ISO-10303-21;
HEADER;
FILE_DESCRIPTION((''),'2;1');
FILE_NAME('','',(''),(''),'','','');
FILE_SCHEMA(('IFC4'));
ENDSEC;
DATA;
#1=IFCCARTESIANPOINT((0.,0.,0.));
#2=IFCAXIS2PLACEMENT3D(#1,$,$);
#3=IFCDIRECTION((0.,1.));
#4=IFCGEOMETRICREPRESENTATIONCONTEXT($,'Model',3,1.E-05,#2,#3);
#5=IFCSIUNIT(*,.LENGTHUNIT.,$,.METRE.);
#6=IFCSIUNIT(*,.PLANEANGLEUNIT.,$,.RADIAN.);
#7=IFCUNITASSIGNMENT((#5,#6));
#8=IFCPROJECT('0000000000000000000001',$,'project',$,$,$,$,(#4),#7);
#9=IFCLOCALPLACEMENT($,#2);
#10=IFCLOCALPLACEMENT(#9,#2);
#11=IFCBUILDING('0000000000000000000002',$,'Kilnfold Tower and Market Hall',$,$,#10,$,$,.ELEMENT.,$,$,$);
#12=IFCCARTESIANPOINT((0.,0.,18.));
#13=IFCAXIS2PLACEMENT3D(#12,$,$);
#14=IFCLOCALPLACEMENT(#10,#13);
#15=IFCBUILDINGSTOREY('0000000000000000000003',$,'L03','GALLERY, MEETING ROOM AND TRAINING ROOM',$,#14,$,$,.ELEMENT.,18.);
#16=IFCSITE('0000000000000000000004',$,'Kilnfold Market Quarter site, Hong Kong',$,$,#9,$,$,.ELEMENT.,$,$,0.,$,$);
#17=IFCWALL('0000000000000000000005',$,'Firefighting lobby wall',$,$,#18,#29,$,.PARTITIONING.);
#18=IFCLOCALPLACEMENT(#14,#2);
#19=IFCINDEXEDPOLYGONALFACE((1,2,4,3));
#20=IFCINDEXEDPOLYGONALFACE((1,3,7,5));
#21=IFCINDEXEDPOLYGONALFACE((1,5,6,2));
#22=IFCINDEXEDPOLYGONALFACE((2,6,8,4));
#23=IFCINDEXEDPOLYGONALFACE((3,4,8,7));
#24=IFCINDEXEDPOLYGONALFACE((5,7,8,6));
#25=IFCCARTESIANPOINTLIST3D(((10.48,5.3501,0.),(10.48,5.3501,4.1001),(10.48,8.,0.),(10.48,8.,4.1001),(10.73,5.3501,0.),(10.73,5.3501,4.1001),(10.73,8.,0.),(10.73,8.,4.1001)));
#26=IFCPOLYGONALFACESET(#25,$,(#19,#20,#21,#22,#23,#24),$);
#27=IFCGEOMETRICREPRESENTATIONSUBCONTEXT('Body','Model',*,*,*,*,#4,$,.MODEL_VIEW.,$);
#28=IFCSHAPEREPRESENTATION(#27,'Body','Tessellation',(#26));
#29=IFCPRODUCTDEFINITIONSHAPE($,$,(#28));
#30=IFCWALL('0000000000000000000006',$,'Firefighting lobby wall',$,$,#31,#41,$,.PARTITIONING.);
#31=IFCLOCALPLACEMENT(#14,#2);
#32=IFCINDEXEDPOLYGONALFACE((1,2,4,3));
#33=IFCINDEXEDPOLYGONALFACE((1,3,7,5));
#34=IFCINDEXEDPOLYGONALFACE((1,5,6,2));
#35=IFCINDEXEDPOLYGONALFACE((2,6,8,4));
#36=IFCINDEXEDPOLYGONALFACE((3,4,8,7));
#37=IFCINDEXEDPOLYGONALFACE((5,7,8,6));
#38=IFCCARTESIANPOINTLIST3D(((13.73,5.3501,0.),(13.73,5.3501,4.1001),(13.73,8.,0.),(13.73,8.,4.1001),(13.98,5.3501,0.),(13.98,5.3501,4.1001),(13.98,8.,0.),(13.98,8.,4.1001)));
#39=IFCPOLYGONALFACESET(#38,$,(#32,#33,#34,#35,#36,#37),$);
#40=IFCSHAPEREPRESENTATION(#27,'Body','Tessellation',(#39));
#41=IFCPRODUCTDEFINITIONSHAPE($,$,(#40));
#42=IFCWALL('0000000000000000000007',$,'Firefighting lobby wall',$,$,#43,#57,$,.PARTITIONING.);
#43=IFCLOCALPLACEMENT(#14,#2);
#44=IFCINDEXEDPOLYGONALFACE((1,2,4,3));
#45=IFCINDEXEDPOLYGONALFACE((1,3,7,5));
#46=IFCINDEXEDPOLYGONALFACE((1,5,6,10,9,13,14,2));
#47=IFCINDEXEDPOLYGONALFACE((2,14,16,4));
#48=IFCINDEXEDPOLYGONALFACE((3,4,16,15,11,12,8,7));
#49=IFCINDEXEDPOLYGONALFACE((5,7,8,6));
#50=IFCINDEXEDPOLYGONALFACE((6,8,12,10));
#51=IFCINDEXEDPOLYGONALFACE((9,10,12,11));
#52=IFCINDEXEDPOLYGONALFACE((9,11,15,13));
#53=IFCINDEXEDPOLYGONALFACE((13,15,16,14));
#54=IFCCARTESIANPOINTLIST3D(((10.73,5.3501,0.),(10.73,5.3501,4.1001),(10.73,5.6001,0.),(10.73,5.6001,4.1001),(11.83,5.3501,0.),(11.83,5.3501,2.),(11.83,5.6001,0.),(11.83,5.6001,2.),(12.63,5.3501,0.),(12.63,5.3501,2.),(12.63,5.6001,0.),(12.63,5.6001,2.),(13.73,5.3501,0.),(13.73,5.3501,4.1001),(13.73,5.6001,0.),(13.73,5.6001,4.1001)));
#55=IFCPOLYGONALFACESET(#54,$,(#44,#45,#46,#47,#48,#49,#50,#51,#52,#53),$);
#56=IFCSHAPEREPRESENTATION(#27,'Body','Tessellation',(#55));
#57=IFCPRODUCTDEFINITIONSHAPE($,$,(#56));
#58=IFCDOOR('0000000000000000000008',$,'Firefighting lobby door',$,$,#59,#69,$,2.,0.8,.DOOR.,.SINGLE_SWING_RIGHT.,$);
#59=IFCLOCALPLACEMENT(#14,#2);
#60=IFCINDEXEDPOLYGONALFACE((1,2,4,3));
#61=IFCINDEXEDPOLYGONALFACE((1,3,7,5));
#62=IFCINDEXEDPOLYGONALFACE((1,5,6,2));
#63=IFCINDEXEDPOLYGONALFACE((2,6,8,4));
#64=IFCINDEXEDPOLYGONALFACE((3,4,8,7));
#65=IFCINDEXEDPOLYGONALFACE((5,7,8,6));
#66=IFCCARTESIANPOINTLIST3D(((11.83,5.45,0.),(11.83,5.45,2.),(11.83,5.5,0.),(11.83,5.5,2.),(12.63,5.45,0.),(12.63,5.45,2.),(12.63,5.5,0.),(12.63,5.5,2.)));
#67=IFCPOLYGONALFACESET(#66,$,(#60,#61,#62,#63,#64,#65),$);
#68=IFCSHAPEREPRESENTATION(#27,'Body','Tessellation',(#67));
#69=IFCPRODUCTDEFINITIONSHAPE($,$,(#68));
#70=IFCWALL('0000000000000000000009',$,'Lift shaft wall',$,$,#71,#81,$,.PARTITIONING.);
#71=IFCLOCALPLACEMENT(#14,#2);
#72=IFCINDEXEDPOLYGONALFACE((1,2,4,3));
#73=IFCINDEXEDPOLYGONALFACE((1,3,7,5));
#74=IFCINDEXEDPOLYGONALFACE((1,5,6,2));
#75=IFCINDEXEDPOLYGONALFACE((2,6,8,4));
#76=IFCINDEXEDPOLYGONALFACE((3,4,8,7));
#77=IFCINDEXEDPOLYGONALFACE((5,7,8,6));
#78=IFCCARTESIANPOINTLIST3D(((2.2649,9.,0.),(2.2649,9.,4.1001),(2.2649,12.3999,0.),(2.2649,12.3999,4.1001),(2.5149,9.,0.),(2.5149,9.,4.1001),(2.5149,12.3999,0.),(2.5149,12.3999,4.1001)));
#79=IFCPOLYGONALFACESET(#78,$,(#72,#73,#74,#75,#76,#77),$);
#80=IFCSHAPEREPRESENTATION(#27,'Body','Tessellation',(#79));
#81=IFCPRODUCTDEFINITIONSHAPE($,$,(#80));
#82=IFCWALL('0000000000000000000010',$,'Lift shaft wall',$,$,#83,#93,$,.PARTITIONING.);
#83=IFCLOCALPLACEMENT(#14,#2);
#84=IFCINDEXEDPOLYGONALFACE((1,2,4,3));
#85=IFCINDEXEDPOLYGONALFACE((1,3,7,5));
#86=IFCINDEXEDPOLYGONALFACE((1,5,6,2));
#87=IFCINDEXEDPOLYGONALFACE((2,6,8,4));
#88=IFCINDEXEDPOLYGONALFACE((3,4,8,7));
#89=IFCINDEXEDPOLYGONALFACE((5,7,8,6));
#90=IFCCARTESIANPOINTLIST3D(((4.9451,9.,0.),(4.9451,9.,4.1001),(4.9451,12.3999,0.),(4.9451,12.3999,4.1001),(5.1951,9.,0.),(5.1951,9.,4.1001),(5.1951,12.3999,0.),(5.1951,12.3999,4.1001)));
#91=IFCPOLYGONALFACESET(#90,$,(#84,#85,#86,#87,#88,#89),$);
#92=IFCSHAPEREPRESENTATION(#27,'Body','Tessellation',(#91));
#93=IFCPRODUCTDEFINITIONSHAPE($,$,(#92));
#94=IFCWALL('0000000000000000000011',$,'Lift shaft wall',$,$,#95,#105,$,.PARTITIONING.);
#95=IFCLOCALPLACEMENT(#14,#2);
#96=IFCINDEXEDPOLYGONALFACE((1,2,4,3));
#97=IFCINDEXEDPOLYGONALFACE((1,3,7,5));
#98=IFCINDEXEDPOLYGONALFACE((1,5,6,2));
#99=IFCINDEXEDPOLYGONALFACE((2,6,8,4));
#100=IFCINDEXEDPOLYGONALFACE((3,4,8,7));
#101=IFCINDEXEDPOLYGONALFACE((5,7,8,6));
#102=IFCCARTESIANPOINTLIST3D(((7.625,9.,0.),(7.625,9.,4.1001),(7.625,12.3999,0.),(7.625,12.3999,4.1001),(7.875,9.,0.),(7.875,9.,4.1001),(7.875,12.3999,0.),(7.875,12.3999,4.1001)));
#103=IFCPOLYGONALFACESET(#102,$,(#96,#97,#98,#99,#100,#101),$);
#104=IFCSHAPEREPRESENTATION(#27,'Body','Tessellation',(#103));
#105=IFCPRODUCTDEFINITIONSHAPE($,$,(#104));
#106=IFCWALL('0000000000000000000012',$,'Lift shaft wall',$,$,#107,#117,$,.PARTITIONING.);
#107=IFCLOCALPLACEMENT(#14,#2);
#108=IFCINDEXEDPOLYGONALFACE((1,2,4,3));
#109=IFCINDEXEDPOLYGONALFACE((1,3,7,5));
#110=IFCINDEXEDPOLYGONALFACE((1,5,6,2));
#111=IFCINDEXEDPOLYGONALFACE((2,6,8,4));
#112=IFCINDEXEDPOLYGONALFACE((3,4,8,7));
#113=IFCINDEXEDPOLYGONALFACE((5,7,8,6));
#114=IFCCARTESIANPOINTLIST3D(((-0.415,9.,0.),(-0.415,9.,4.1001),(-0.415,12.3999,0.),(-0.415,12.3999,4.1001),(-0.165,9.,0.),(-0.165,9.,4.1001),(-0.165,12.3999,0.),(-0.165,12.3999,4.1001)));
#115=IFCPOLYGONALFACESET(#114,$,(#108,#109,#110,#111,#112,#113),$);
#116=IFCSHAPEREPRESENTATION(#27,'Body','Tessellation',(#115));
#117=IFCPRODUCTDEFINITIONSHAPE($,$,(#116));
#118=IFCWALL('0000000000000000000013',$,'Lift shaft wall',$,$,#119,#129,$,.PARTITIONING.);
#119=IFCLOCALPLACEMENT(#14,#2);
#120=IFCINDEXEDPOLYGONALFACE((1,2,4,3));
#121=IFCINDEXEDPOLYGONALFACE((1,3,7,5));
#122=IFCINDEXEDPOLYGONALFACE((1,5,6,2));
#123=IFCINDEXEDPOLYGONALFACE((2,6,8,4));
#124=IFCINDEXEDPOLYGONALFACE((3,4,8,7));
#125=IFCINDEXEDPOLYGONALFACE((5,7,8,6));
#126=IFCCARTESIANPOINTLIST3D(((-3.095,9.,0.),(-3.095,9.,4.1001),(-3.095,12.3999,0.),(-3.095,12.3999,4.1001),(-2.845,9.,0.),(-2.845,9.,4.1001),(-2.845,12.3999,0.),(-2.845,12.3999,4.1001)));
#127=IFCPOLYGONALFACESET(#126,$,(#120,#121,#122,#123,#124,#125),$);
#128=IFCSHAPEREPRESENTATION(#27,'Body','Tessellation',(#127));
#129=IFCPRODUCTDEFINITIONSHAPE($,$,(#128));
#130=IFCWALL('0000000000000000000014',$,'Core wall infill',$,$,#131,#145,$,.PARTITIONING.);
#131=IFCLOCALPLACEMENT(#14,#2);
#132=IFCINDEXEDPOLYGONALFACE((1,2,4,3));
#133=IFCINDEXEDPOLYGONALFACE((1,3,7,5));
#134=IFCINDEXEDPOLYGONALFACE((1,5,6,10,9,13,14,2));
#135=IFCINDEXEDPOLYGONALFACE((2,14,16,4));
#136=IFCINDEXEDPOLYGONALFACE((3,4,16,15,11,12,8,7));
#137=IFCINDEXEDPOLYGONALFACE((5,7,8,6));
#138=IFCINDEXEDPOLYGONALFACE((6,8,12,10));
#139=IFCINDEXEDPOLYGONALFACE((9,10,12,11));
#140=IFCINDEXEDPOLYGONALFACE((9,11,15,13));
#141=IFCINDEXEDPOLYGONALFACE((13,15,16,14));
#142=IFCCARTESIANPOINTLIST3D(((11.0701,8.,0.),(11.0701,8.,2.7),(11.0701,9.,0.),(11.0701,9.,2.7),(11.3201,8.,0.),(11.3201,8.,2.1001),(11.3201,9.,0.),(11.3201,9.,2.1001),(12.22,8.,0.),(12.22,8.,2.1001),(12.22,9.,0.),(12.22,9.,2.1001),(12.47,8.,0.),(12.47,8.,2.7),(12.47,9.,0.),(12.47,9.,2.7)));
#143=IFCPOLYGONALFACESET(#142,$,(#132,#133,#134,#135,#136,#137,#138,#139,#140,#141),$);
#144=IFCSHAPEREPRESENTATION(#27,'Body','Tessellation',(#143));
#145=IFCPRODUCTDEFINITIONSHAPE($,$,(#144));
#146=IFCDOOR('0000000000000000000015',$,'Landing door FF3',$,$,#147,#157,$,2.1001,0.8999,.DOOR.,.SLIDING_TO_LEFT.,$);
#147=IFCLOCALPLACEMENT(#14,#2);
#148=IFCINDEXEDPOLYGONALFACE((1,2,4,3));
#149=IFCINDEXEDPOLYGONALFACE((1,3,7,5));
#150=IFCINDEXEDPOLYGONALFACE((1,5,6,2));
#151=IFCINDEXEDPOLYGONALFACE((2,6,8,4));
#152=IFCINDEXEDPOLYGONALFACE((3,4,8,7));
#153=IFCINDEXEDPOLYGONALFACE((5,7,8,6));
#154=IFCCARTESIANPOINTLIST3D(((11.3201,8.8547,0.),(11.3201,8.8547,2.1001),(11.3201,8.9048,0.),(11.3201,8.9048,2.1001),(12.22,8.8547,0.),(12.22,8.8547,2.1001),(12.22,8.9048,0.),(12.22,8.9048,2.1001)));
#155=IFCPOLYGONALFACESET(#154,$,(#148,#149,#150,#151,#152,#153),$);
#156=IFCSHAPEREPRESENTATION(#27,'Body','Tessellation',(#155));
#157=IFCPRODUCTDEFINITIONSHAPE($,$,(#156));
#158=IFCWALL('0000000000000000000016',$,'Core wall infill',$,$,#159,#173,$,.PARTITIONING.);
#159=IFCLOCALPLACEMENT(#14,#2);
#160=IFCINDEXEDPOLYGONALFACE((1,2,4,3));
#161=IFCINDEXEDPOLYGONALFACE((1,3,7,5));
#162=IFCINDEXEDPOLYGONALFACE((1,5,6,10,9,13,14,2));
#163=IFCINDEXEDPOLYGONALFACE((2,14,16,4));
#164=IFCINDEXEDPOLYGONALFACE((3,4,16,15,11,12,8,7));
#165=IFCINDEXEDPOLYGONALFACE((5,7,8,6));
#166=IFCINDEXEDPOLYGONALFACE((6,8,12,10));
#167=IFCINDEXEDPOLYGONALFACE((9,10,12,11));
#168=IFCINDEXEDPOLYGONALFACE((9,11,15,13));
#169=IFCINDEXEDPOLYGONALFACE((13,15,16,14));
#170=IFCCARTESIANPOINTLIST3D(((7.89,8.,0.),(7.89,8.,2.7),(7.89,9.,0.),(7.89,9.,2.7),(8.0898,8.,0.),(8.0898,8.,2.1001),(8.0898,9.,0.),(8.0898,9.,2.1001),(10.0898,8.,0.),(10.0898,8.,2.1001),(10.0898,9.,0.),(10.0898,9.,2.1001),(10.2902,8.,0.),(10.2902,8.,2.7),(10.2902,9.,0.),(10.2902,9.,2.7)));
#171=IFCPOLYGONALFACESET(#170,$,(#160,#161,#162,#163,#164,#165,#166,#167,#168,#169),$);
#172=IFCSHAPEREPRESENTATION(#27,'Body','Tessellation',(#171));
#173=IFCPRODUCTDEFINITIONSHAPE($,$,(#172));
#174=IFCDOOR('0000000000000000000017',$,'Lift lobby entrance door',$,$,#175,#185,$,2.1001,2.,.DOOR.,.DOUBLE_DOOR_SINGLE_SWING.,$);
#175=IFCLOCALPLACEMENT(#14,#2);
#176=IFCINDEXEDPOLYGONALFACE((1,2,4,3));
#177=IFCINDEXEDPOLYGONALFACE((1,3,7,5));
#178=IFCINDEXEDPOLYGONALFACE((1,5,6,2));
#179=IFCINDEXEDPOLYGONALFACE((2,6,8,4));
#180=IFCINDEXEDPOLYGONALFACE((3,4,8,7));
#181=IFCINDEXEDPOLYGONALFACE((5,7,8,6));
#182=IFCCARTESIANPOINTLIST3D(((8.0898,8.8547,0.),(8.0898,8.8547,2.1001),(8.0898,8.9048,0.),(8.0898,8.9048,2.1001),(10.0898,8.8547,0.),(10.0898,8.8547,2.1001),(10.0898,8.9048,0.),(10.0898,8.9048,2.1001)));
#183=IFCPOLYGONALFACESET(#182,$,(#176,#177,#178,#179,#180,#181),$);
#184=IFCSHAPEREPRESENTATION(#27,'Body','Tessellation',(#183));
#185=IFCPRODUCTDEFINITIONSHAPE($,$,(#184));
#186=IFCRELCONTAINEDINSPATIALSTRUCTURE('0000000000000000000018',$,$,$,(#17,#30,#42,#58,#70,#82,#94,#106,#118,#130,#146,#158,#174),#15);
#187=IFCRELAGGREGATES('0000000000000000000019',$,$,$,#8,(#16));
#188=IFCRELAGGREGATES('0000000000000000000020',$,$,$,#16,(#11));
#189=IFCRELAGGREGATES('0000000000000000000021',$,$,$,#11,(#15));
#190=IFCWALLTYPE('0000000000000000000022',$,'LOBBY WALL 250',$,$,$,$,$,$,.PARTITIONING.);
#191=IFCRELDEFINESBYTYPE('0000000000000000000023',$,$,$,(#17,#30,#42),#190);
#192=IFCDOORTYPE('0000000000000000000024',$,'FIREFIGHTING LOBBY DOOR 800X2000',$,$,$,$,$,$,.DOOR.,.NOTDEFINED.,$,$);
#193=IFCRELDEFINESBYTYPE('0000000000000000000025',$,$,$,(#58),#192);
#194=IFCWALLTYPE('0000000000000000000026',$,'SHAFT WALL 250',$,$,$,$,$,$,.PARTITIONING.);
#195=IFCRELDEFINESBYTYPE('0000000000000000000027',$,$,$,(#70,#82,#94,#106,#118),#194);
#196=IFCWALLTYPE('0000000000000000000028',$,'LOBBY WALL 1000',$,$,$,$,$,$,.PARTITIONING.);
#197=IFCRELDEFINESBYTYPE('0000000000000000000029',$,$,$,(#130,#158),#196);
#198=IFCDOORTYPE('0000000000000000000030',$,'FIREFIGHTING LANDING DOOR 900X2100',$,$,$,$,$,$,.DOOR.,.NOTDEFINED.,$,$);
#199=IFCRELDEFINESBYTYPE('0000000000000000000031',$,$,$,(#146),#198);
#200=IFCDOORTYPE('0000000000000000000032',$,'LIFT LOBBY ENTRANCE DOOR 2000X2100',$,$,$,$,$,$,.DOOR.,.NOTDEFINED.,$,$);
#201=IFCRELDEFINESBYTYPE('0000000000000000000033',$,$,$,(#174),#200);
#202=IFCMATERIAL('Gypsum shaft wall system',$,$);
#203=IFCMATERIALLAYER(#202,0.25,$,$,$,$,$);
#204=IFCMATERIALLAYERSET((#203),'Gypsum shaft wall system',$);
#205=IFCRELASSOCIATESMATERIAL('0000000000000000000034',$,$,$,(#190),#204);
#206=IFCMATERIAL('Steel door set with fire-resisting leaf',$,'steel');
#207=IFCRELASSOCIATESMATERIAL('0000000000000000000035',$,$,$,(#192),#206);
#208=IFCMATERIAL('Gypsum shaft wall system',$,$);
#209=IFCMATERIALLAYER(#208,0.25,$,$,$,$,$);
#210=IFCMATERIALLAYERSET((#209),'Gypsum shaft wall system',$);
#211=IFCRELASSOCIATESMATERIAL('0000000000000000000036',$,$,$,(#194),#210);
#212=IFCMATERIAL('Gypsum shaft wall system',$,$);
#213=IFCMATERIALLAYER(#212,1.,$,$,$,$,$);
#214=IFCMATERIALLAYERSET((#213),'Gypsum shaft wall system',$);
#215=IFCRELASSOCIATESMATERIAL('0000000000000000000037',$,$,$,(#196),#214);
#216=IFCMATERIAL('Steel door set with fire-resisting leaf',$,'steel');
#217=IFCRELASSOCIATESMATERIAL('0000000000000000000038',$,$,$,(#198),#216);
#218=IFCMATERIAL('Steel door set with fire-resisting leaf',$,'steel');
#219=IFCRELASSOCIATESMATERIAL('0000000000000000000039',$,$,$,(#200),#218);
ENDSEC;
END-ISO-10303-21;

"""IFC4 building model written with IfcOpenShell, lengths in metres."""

from ifc_helpers import new_model, si_unit, direction, frame, frame_2d, origin, place, context, subcontext, project, spatial, rectangle, extrude, source, transform, mapped, material, layer, layer_set, type_object, element, fill, save


model = new_model("IFC4")

# Units and contexts
model_context = context("Model", 3, precision=1e-05, world=origin(), true_north=direction((0.0, 1.0)))
body_context = subcontext(model_context, "Body", "Model", "MODEL_VIEW")
ifc_project = project(units=[si_unit("LENGTHUNIT", "METRE"), si_unit("PLANEANGLEUNIT", "RADIAN")], contexts=[model_context])

# Site, building, storey
site_placement = place(None, origin())
site = spatial("IfcSite", under=ifc_project, at=site_placement, Name="Kilnfold Market Quarter site, Hong Kong", CompositionType="ELEMENT", RefElevation=0.0)
building_placement = place(site_placement, origin())
building = spatial("IfcBuilding", under=site, at=building_placement, Name="Kilnfold Tower and Market Hall", CompositionType="ELEMENT")
storey_placement = place(building_placement, frame((0.0, 0.0, 18.0)))
storey = spatial("IfcBuildingStorey", under=building, at=storey_placement, Name="L03", Description="GALLERY, MEETING ROOM AND TRAINING ROOM", CompositionType="ELEMENT", Elevation=18.0)

# Walls
ifc_material_1 = material(Name="Gypsum shaft wall system")
ifc_layer_1 = layer(ifc_material_1, 0.25)
ifc_layer_set_1 = layer_set([ifc_layer_1], Name="Gypsum shaft wall system")
wall_type_1 = type_object("IfcWallType", Name="LOBBY WALL 250", PredefinedType="PARTITIONING", material=ifc_layer_set_1)
shared_shape_1 = source(origin(), body_context, "Body", "SweptSolid", [
    extrude(rectangle(XDim=2.6499, YDim=0.25, at=frame_2d((1.325, 0.0))), origin(), (0.0, 0.0, 1.0), 4.1001),
])
for number, where, z_axis, x_axis, name in (
    (1, (10.605, 5.3501, 0.0), (0.0, 0.0, 1.0), (0.0, 1.0, 0.0), "Firefighting lobby wall"),
    (2, (13.855, 5.3501, 0.0), (0.0, 0.0, 1.0), (0.0, 1.0, 0.0), "Firefighting lobby wall"),
):
    element("IfcWall", number, at=place(storey_placement, frame(where, z_axis=z_axis, x_axis=x_axis)), inside=storey, type_object=wall_type_1, Name=name, PredefinedType="PARTITIONING", context=body_context, shape_type="MappedRepresentation", body=[
        mapped(shared_shape_1, transform((0.0, 0.0, 0.0))),
    ])

# Wall, opening, door
shared_shape_2 = source(origin(), body_context, "Body", "SweptSolid", [
    extrude(rectangle(XDim=3.0, YDim=0.25, at=frame_2d((1.5, 0.0))), origin(), (0.0, 0.0, 1.0), 4.1001),
])
wall_1_placement = place(storey_placement, frame((10.73, 5.4751, 0.0), z_axis=(0.0, 0.0, 1.0), x_axis=(1.0, 0.0, 0.0)))
wall_1 = element("IfcWall", 3, at=wall_1_placement, inside=storey, type_object=wall_type_1, Name="Firefighting lobby wall", PredefinedType="PARTITIONING", context=body_context, shape_type="MappedRepresentation", body=[
    mapped(shared_shape_2, transform((0.0, 0.0, 0.0))),
])
opening_1_placement = place(wall_1_placement, frame((1.1001, 0.0, 0.0)))
opening_1 = element("IfcOpeningElement", 4, at=opening_1_placement, cuts=wall_1, PredefinedType="OPENING", context=body_context, shape_type="SweptSolid", body=[
    extrude(rectangle(XDim=0.8, YDim=2.0, at=frame_2d((0.3999, 1.0))), frame((0.0, 0.135, 0.0), z_axis=(0.0, -1.0, 0.0), x_axis=(1.0, 0.0, 0.0)), (0.0, 0.0, 1.0), 0.27),
])
ifc_material_2 = material(Name="Steel door set with fire-resisting leaf", Category="steel")
door_type_1 = type_object("IfcDoorType", Name="FIREFIGHTING LOBBY DOOR 800X2000", OperationType="NOTDEFINED", PredefinedType="DOOR", material=ifc_material_2)
door_1_placement = place(opening_1_placement, origin())
door_1 = element("IfcDoor", 5, at=door_1_placement, inside=storey, type_object=door_type_1, Name="Firefighting lobby door", OperationType="SINGLE_SWING_RIGHT", OverallHeight=2.0, OverallWidth=0.8, PredefinedType="DOOR", context=body_context, shape_type="SweptSolid", body=[
    extrude(rectangle(XDim=0.8, YDim=2.0, at=frame_2d((0.3999, 1.0))), frame((0.0, 0.0249, 0.0), z_axis=(0.0, -1.0, 0.0), x_axis=(1.0, 0.0, 0.0)), (0.0, 0.0, 1.0), 0.05),
])
fill(opening_1, door_1)

# Walls
ifc_material_3 = material(Name="Gypsum shaft wall system")
ifc_layer_2 = layer(ifc_material_3, 0.25)
ifc_layer_set_2 = layer_set([ifc_layer_2], Name="Gypsum shaft wall system")
wall_type_2 = type_object("IfcWallType", Name="SHAFT WALL 250", PredefinedType="PARTITIONING", material=ifc_layer_set_2)
shared_shape_3 = source(origin(), body_context, "Body", "SweptSolid", [
    extrude(rectangle(XDim=3.3999, YDim=0.25, at=frame_2d((1.7, 0.0))), origin(), (0.0, 0.0, 1.0), 4.1001),
])
for number, where, z_axis, x_axis, name in (
    (6, (2.3899, 9.0, 0.0), (0.0, 0.0, 1.0), (0.0, 1.0, 0.0), "Lift shaft wall"),
    (7, (5.0701, 9.0, 0.0), (0.0, 0.0, 1.0), (0.0, 1.0, 0.0), "Lift shaft wall"),
    (8, (7.75, 9.0, 0.0), (0.0, 0.0, 1.0), (0.0, 1.0, 0.0), "Lift shaft wall"),
    (9, (-0.29, 9.0, 0.0), (0.0, 0.0, 1.0), (0.0, 1.0, 0.0), "Lift shaft wall"),
    (10, (-2.97, 9.0, 0.0), (0.0, 0.0, 1.0), (0.0, 1.0, 0.0), "Lift shaft wall"),
):
    element("IfcWall", number, at=place(storey_placement, frame(where, z_axis=z_axis, x_axis=x_axis)), inside=storey, type_object=wall_type_2, Name=name, PredefinedType="PARTITIONING", context=body_context, shape_type="MappedRepresentation", body=[
        mapped(shared_shape_3, transform((0.0, 0.0, 0.0))),
    ])

# Walls, openings, doors
ifc_material_4 = material(Name="Gypsum shaft wall system")
ifc_layer_3 = layer(ifc_material_4, 1.0)
ifc_layer_set_3 = layer_set([ifc_layer_3], Name="Gypsum shaft wall system")
wall_type_3 = type_object("IfcWallType", Name="LOBBY WALL 1000", PredefinedType="PARTITIONING", material=ifc_layer_set_3)
shared_shape_4 = source(origin(), body_context, "Body", "SweptSolid", [
    extrude(rectangle(XDim=1.3999, YDim=1.0, at=frame_2d((0.7, 0.0))), origin(), (0.0, 0.0, 1.0), 2.7),
])
wall_2_placement = place(storey_placement, frame((11.0701, 8.5, 0.0), z_axis=(0.0, 0.0, 1.0), x_axis=(1.0, 0.0, 0.0)))
wall_2 = element("IfcWall", 11, at=wall_2_placement, inside=storey, type_object=wall_type_3, Name="Core wall infill", PredefinedType="PARTITIONING", context=body_context, shape_type="MappedRepresentation", body=[
    mapped(shared_shape_4, transform((0.0, 0.0, 0.0))),
])
opening_2_placement = place(wall_2_placement, frame((0.25, 0.0, 0.0)))
opening_2 = element("IfcOpeningElement", 12, at=opening_2_placement, cuts=wall_2, PredefinedType="OPENING", context=body_context, shape_type="SweptSolid", body=[
    extrude(rectangle(XDim=0.8999, YDim=2.1001, at=frame_2d((0.45, 1.05))), frame((0.0, 0.51, 0.0), z_axis=(0.0, -1.0, 0.0), x_axis=(1.0, 0.0, 0.0)), (0.0, 0.0, 1.0), 1.02),
])
ifc_material_5 = material(Name="Steel door set with fire-resisting leaf", Category="steel")
door_type_2 = type_object("IfcDoorType", Name="FIREFIGHTING LANDING DOOR 900X2100", OperationType="NOTDEFINED", PredefinedType="DOOR", material=ifc_material_5)
door_2_placement = place(opening_2_placement, origin())
door_2 = element("IfcDoor", 13, at=door_2_placement, inside=storey, type_object=door_type_2, Name="Landing door FF3", OperationType="SLIDING_TO_LEFT", OverallHeight=2.1001, OverallWidth=0.8999, PredefinedType="DOOR", context=body_context, shape_type="SweptSolid", body=[
    extrude(rectangle(XDim=0.8999, YDim=2.1001, at=frame_2d((0.45, 1.05))), frame((0.0, 0.4048, 0.0), z_axis=(0.0, -1.0, 0.0), x_axis=(1.0, 0.0, 0.0)), (0.0, 0.0, 1.0), 0.05),
])
fill(opening_2, door_2)
shared_shape_5 = source(origin(), body_context, "Body", "SweptSolid", [
    extrude(rectangle(XDim=2.4001, YDim=1.0, at=frame_2d((1.2002, 0.0))), origin(), (0.0, 0.0, 1.0), 2.7),
])
wall_3_placement = place(storey_placement, frame((7.8899, 8.5, 0.0), z_axis=(0.0, 0.0, 1.0), x_axis=(1.0, 0.0, 0.0)))
wall_3 = element("IfcWall", 14, at=wall_3_placement, inside=storey, type_object=wall_type_3, Name="Core wall infill", PredefinedType="PARTITIONING", context=body_context, shape_type="MappedRepresentation", body=[
    mapped(shared_shape_5, transform((0.0, 0.0, 0.0))),
])
opening_3_placement = place(wall_3_placement, frame((0.2, 0.0, 0.0)))
opening_3 = element("IfcOpeningElement", 15, at=opening_3_placement, cuts=wall_3, PredefinedType="OPENING", context=body_context, shape_type="SweptSolid", body=[
    extrude(rectangle(XDim=2.0, YDim=2.1001, at=frame_2d((1.0, 1.05))), frame((0.0, 0.51, 0.0), z_axis=(0.0, -1.0, 0.0), x_axis=(1.0, 0.0, 0.0)), (0.0, 0.0, 1.0), 1.02),
])
ifc_material_6 = material(Name="Steel door set with fire-resisting leaf", Category="steel")
door_type_3 = type_object("IfcDoorType", Name="LIFT LOBBY ENTRANCE DOOR 2000X2100", OperationType="NOTDEFINED", PredefinedType="DOOR", material=ifc_material_6)
door_3_placement = place(opening_3_placement, origin())
door_3 = element("IfcDoor", 16, at=door_3_placement, inside=storey, type_object=door_type_3, Name="Lift lobby entrance door", OperationType="DOUBLE_DOOR_SINGLE_SWING", OverallHeight=2.1001, OverallWidth=2.0, PredefinedType="DOOR", context=body_context, shape_type="SweptSolid", body=[
    extrude(rectangle(XDim=2.0, YDim=2.1001, at=frame_2d((1.0, 1.05))), frame((0.0, 0.4048, 0.0), z_axis=(0.0, -1.0, 0.0), x_axis=(1.0, 0.0, 0.0)), (0.0, 0.0, 1.0), 0.05),
])
fill(opening_3, door_3)

save(model, "model.ifc")
